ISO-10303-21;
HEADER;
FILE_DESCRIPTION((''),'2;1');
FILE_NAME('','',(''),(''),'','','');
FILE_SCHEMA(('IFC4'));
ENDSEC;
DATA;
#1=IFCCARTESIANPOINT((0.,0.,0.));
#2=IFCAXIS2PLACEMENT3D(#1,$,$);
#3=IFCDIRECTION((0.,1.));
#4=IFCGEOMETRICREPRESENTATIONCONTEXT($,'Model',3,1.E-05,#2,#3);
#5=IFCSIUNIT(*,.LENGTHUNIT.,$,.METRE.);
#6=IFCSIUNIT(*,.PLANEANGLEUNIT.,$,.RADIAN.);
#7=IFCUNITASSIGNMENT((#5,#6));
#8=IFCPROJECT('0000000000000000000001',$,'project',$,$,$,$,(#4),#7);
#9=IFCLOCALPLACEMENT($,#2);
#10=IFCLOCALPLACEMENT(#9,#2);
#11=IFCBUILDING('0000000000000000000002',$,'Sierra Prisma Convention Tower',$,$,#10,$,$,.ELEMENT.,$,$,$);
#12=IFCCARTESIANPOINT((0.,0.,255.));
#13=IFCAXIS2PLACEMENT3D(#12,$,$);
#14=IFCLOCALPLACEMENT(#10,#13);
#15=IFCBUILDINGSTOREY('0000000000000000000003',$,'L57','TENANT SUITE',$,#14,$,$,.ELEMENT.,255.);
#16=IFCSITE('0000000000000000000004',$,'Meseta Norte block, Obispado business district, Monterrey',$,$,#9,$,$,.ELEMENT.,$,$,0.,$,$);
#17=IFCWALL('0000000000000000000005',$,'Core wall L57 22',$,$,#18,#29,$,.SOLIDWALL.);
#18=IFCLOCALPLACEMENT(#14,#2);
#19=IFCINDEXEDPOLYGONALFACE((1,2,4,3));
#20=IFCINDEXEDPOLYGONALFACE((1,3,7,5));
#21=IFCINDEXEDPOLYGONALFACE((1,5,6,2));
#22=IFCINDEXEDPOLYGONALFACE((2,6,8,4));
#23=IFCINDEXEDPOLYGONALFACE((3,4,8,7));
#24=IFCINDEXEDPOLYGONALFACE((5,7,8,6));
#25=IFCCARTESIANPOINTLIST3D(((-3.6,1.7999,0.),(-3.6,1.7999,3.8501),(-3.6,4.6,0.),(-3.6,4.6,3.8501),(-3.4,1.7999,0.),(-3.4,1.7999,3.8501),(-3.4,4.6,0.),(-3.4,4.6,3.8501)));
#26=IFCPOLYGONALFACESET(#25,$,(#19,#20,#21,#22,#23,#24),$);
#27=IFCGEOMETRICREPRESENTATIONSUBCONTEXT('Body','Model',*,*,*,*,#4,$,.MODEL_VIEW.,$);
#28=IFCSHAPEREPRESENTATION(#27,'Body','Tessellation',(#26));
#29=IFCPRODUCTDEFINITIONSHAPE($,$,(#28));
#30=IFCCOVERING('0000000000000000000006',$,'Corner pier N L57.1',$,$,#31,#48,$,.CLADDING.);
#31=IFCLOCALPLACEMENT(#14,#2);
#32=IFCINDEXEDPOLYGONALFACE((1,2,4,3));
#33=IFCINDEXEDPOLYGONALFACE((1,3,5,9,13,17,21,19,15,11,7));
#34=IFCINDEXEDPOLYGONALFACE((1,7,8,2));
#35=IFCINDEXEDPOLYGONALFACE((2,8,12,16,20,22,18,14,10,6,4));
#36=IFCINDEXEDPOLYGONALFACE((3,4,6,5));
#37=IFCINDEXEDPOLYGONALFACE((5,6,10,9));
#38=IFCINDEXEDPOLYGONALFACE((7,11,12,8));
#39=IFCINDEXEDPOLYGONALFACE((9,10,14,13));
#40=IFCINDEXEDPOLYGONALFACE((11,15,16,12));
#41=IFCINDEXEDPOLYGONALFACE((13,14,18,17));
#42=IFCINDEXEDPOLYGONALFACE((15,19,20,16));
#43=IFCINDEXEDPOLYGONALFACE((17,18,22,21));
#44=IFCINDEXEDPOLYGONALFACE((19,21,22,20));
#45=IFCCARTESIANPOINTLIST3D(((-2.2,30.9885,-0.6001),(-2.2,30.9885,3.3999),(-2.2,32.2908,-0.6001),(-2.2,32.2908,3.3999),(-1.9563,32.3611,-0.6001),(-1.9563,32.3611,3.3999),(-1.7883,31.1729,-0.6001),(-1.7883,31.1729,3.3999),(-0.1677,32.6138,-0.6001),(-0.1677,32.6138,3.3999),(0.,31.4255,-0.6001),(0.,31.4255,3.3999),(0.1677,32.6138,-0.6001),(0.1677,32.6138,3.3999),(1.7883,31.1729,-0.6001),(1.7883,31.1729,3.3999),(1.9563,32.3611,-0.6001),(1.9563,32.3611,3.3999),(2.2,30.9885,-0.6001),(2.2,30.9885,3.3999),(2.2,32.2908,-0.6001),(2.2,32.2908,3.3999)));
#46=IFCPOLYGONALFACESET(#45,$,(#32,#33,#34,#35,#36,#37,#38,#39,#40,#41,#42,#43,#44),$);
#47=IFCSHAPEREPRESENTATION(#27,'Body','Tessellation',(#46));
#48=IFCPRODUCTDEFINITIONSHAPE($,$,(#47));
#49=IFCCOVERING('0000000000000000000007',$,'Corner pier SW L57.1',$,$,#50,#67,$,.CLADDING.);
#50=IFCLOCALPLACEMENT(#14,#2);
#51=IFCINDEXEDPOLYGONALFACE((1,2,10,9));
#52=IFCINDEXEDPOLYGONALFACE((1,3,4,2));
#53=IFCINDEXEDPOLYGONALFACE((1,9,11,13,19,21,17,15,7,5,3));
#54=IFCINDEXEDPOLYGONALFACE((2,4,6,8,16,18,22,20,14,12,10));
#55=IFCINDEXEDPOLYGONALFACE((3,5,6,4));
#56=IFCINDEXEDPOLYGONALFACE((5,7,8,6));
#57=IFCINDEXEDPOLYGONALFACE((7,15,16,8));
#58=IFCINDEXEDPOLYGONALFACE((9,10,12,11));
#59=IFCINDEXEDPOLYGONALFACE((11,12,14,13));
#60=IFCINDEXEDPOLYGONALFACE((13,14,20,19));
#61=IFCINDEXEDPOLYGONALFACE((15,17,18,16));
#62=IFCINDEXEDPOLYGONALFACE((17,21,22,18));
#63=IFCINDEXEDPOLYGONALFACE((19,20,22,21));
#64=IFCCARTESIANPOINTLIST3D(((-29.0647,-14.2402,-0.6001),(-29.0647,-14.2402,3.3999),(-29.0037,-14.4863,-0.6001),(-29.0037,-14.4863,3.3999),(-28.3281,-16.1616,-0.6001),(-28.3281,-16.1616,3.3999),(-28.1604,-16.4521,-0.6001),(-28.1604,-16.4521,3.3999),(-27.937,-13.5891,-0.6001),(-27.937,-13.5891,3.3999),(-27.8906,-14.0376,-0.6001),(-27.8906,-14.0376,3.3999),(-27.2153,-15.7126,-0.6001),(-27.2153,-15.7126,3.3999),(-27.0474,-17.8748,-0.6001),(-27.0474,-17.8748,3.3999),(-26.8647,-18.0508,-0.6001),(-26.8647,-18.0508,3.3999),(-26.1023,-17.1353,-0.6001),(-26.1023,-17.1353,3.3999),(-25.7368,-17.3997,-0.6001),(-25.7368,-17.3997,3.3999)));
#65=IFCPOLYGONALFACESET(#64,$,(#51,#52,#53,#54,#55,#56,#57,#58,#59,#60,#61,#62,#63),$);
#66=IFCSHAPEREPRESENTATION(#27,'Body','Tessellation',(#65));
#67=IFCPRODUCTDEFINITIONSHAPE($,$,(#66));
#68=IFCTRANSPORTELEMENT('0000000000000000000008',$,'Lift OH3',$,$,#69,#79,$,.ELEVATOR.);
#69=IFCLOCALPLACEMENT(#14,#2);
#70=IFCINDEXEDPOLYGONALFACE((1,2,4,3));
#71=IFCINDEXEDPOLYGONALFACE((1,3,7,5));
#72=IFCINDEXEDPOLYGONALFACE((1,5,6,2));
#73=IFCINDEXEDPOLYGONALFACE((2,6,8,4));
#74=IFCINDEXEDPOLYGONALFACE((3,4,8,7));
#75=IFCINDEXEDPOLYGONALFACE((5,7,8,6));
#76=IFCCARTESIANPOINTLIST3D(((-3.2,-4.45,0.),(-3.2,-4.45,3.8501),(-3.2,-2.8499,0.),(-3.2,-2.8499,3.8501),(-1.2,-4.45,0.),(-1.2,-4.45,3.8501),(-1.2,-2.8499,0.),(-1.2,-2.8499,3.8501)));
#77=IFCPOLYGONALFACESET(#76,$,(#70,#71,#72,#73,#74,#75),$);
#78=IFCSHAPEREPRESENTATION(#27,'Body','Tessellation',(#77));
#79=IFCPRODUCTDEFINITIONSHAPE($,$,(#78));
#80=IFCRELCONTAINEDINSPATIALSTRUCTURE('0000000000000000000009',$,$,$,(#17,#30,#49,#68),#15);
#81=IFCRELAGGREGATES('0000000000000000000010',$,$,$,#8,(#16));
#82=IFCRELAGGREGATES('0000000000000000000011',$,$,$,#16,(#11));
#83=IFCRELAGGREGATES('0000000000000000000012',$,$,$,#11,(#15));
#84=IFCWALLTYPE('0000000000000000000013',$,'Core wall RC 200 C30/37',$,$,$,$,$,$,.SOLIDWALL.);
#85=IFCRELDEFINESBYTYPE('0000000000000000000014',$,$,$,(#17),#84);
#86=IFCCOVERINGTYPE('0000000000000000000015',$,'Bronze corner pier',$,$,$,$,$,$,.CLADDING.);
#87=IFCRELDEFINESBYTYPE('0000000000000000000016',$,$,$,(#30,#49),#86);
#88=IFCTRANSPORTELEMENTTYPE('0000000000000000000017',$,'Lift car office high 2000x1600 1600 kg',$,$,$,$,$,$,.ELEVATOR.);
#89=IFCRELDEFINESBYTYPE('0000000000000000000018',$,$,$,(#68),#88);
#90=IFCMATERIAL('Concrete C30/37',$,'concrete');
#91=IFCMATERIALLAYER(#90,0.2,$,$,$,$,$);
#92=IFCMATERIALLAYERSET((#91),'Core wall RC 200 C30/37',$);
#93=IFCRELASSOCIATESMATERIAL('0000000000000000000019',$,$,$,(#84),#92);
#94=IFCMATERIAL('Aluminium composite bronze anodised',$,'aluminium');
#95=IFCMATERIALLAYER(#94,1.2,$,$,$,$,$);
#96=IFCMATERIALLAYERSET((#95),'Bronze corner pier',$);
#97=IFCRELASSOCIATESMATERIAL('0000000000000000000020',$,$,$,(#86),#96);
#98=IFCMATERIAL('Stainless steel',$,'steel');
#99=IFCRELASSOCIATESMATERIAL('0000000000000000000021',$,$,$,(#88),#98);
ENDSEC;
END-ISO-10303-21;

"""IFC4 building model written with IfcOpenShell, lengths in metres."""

from ifc_helpers import new_model, si_unit, direction, frame, frame_2d, origin, origin_2d, place, context, subcontext, project, spatial, polyline, rectangle, outline, extrude, material, layer, layer_set, type_object, element, save


model = new_model("IFC4")

# Units and contexts
model_context = context("Model", 3, precision=1e-05, world=origin(), true_north=direction((0.0, 1.0)))
body_context = subcontext(model_context, "Body", "Model", "MODEL_VIEW")
ifc_project = project(units=[si_unit("LENGTHUNIT", "METRE"), si_unit("PLANEANGLEUNIT", "RADIAN")], contexts=[model_context])

# Site, building, storey
site_placement = place(None, origin())
site = spatial("IfcSite", under=ifc_project, at=site_placement, Name="Meseta Norte block, Obispado business district, Monterrey", CompositionType="ELEMENT", RefElevation=0.0)
building_placement = place(site_placement, origin())
building = spatial("IfcBuilding", under=site, at=building_placement, Name="Sierra Prisma Convention Tower", CompositionType="ELEMENT")
storey_placement = place(building_placement, frame((0.0, 0.0, 255.0)))
storey = spatial("IfcBuildingStorey", under=building, at=storey_placement, Name="L57", Description="TENANT SUITE", CompositionType="ELEMENT", Elevation=255.0)

# Shared definitions
ifc_material_1 = material(Name="Concrete C30/37", Category="concrete")
ifc_layer_1 = layer(ifc_material_1, 0.2)
ifc_layer_set_1 = layer_set([ifc_layer_1], Name="Core wall RC 200 C30/37")
wall_type = type_object("IfcWallType", Name="Core wall RC 200 C30/37", PredefinedType="SOLIDWALL", material=ifc_layer_set_1)

# Wall
wall_1_placement = place(storey_placement, frame((-3.5, 1.8, 0.0), z_axis=(0.0, 0.0, 1.0), x_axis=(0.0, 1.0, 0.0)))
element("IfcWall", 1, at=wall_1_placement, inside=storey, type_object=wall_type, Name="Core wall L57 22", PredefinedType="SOLIDWALL", context=body_context, shape_type="SweptSolid", body=[
    extrude(rectangle(XDim=2.8, YDim=0.2, at=frame_2d((1.3999, 0.0))), origin(), (0.0, 0.0, 1.0), 3.8501),
])

# Coverings
ifc_material_2 = material(Name="Aluminium composite bronze anodised", Category="aluminium")
ifc_layer_2 = layer(ifc_material_2, 1.2)
ifc_layer_set_2 = layer_set([ifc_layer_2], Name="Bronze corner pier")
covering_type = type_object("IfcCoveringType", Name="Bronze corner pier", PredefinedType="CLADDING", material=ifc_layer_set_2)
covering_1_placement = place(storey_placement, frame((0.0, 0.0, -0.6001)))
element("IfcCovering", 2, at=covering_1_placement, inside=storey, type_object=covering_type, Name="Corner pier N L57.1", PredefinedType="CLADDING", context=body_context, shape_type="SweptSolid", body=[
    extrude(outline(polyline([(-0.1677, 32.6138), (0.1677, 32.6138), (1.9563, 32.3611), (2.2, 32.2908), (2.2, 30.9885), (1.7883, 31.1729), (0.0, 31.4255), (-1.7883, 31.1729), (-2.2, 30.9885), (-2.2, 32.2908), (-1.9563, 32.3611), (-0.1677, 32.6138)])), origin(), (0.0, 0.0, 1.0), 4.0),
])
covering_2_placement = place(storey_placement, frame((0.0, 0.0, -0.6001)))
element("IfcCovering", 3, at=covering_2_placement, inside=storey, type_object=covering_type, Name="Corner pier SW L57.1", PredefinedType="CLADDING", context=body_context, shape_type="SweptSolid", body=[
    extrude(outline(polyline([(-28.1604, -16.4521), (-28.3281, -16.1616), (-29.0037, -14.4863), (-29.0647, -14.2402), (-27.937, -13.5891), (-27.8906, -14.0376), (-27.2153, -15.7126), (-26.1023, -17.1353), (-25.7368, -17.3997), (-26.8647, -18.0508), (-27.0474, -17.8748), (-28.1604, -16.4521)])), origin(), (0.0, 0.0, 1.0), 4.0),
])

# Transport element
ifc_material_3 = material(Name="Stainless steel", Category="steel")
transport_element_type = type_object("IfcTransportElementType", Name="Lift car office high 2000x1600 1600 kg", PredefinedType="ELEVATOR", material=ifc_material_3)
transport_element_placement = place(storey_placement, frame((-2.2, -3.6499, 0.0), z_axis=(0.0, 0.0, 1.0), x_axis=(1.0, 0.0, 0.0)))
element("IfcTransportElement", 4, at=transport_element_placement, inside=storey, type_object=transport_element_type, Name="Lift OH3", PredefinedType="ELEVATOR", context=body_context, shape_type="SweptSolid", body=[
    extrude(rectangle(XDim=2.0, YDim=1.6001, at=origin_2d()), origin(), (0.0, 0.0, 1.0), 3.8501),
])

save(model, "model.ifc")
